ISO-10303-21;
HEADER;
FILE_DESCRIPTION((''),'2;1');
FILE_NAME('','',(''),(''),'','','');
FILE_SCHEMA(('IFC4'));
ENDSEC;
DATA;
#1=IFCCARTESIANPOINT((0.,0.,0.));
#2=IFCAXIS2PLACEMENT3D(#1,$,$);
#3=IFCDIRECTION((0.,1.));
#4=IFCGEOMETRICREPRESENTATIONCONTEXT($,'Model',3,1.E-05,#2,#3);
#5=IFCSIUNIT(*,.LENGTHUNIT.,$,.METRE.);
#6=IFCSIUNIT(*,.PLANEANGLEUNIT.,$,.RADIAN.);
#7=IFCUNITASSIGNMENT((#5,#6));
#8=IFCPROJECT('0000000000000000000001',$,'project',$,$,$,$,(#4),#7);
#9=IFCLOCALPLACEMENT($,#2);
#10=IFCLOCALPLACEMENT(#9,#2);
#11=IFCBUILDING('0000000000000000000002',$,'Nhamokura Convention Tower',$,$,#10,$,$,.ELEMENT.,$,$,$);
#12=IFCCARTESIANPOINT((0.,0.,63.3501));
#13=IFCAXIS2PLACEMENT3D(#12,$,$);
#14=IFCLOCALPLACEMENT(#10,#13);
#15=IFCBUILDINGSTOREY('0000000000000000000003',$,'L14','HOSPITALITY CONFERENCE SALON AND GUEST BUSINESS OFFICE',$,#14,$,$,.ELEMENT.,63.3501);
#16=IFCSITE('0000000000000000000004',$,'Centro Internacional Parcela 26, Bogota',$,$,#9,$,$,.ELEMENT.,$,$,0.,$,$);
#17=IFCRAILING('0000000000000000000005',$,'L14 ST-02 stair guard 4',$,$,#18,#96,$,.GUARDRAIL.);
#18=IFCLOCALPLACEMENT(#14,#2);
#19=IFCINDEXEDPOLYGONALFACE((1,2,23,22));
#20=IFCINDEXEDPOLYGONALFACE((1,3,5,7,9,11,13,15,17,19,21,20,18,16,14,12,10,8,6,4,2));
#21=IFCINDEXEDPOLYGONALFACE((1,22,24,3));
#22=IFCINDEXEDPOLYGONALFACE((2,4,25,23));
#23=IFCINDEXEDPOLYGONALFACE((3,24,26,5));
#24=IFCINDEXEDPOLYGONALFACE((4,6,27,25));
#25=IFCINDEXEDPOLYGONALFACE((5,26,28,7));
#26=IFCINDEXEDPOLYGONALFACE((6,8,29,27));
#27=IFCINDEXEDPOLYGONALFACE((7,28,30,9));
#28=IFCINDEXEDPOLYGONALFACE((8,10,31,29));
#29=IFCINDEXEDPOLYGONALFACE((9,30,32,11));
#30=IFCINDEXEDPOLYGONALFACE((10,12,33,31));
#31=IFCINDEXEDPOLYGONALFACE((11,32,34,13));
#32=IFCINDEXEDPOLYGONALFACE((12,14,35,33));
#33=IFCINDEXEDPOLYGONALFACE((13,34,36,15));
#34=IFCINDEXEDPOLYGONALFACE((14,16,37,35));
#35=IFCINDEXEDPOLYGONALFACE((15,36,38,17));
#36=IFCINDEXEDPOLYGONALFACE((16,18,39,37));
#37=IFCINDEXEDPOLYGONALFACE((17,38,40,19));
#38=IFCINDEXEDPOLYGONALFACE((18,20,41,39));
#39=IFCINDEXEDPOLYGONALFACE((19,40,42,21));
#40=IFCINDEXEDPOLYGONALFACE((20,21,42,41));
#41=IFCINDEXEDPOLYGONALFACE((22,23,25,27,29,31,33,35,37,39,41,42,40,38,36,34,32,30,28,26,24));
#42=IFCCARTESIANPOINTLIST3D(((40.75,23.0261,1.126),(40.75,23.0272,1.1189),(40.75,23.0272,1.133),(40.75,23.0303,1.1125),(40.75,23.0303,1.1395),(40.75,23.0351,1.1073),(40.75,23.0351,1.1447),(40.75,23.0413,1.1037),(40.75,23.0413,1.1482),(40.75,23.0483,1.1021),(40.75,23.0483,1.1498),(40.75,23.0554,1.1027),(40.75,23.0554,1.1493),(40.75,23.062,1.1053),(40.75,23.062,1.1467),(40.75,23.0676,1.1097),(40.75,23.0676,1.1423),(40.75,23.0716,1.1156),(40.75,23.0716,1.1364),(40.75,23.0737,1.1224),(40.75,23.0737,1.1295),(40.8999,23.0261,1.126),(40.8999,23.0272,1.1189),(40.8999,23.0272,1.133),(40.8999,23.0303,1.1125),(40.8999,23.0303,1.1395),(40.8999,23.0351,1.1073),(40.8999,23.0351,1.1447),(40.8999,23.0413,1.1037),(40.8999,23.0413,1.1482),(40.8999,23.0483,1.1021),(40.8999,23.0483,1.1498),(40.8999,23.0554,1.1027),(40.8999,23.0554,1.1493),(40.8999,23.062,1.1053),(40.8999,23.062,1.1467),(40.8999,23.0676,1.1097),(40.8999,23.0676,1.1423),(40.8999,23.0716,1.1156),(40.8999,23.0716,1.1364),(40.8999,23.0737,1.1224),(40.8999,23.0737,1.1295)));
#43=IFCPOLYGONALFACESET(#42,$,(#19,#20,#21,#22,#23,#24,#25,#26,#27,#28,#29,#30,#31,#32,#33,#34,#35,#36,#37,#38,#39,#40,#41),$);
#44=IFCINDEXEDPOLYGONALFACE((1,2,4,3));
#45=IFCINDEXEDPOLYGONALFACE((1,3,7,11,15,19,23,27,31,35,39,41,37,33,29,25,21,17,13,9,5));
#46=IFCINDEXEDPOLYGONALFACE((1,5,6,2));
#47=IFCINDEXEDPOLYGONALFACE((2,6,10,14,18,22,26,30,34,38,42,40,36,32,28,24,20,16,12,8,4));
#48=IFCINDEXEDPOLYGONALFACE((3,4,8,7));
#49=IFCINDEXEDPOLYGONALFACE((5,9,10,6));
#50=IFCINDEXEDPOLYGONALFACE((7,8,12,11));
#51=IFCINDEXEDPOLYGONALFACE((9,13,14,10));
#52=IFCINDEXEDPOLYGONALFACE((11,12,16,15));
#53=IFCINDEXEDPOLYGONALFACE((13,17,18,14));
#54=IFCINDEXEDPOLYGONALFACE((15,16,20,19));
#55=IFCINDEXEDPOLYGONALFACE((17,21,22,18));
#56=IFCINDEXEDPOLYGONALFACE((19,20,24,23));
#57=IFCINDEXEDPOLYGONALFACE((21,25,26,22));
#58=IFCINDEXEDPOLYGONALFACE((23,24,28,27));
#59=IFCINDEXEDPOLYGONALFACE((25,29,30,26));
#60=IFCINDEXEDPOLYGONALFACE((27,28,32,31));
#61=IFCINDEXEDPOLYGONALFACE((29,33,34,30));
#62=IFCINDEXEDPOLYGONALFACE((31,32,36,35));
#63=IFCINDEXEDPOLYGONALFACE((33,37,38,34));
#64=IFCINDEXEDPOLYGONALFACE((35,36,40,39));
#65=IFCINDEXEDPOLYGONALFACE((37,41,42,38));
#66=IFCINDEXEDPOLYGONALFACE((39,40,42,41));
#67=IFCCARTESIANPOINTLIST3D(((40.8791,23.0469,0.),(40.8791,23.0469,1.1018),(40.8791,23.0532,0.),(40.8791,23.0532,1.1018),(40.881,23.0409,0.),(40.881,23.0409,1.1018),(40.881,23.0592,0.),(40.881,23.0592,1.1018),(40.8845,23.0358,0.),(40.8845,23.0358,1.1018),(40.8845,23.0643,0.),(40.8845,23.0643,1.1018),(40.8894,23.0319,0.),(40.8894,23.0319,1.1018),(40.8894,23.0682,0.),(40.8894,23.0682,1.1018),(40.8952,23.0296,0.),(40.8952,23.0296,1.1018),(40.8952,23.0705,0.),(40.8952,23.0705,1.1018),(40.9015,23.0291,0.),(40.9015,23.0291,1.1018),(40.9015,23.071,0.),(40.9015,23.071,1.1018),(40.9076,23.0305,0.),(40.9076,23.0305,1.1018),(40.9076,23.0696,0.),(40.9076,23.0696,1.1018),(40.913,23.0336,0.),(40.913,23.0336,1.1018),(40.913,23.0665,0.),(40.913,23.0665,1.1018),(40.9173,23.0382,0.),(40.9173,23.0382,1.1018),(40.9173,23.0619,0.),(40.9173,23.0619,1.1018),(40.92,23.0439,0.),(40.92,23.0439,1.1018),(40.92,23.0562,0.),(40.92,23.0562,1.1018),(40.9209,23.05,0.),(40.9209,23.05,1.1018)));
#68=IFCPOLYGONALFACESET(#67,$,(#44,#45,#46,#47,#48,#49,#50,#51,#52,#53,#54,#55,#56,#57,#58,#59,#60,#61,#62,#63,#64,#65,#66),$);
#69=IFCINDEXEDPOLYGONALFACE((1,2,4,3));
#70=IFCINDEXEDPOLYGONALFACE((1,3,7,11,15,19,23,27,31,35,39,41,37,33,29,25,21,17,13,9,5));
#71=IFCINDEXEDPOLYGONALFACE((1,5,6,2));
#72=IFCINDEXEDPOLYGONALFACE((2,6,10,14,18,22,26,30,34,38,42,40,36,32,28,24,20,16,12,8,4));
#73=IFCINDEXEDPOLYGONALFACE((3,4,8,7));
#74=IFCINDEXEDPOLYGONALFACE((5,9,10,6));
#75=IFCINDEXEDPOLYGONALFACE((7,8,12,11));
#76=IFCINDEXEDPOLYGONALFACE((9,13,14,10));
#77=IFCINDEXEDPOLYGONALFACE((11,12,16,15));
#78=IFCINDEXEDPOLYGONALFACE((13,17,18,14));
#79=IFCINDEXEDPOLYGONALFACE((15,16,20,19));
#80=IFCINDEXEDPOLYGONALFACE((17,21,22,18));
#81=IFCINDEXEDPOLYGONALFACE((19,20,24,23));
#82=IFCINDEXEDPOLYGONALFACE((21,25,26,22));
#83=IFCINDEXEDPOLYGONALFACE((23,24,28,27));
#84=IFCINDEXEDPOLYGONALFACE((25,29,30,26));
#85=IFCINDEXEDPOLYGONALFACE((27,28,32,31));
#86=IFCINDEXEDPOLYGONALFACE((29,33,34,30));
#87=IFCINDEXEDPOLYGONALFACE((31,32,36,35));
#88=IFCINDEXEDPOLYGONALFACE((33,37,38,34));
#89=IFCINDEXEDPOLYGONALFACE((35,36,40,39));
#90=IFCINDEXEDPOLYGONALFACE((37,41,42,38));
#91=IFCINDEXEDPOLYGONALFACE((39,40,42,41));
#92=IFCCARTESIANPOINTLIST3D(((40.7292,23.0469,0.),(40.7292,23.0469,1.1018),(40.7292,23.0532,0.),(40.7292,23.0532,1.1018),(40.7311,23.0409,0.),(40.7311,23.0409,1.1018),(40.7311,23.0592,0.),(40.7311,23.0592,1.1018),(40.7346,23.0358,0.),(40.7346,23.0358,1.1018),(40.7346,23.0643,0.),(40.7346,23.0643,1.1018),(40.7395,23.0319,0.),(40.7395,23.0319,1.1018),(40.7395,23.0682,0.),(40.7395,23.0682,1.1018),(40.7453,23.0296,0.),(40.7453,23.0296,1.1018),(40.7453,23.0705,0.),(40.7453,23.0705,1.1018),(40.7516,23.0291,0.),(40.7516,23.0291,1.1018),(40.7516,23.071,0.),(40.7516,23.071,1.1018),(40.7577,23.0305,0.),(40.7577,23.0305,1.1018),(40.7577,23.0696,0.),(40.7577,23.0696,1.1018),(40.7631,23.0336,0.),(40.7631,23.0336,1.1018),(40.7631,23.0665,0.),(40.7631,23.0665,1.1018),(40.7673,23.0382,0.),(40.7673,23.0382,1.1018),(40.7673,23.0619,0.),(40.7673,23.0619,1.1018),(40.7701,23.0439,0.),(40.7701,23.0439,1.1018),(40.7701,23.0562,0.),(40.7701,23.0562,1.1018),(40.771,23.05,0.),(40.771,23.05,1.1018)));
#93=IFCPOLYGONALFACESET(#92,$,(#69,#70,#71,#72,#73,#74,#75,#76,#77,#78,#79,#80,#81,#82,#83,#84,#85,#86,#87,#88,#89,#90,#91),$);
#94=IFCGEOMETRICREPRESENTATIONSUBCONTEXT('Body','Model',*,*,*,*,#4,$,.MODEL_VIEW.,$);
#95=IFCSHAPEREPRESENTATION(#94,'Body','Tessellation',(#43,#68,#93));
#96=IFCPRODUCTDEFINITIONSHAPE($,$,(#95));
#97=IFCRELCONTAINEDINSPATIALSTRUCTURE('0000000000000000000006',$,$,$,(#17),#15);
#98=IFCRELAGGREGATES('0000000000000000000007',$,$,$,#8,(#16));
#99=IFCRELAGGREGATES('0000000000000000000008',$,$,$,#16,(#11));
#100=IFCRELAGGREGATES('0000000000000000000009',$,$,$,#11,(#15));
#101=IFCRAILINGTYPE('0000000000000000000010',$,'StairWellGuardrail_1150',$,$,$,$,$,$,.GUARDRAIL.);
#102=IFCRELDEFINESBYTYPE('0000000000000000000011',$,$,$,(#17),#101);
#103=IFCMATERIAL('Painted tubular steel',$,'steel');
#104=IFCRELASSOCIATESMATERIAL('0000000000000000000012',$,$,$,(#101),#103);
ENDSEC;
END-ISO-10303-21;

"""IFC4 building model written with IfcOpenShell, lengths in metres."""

from ifc_helpers import new_model, si_unit, direction, frame, origin, origin_2d, place, context, subcontext, project, spatial, circle, extrude, material, type_object, element, save


model = new_model("IFC4")

# Units and contexts
model_context = context("Model", 3, precision=1e-05, world=origin(), true_north=direction((0.0, 1.0)))
body_context = subcontext(model_context, "Body", "Model", "MODEL_VIEW")
ifc_project = project(units=[si_unit("LENGTHUNIT", "METRE"), si_unit("PLANEANGLEUNIT", "RADIAN")], contexts=[model_context])

# Site, building, storey
site_placement = place(None, origin())
site = spatial("IfcSite", under=ifc_project, at=site_placement, Name="Centro Internacional Parcela 26, Bogota", CompositionType="ELEMENT", RefElevation=0.0)
building_placement = place(site_placement, origin())
building = spatial("IfcBuilding", under=site, at=building_placement, Name="Nhamokura Convention Tower", CompositionType="ELEMENT")
storey_placement = place(building_placement, frame((0.0, 0.0, 63.3501)))
storey = spatial("IfcBuildingStorey", under=building, at=storey_placement, Name="L14", Description="HOSPITALITY CONFERENCE SALON AND GUEST BUSINESS OFFICE", CompositionType="ELEMENT", Elevation=63.3501)

# Railing
ifc_material_1 = material(Name="Painted tubular steel", Category="steel")
railing_type_1 = type_object("IfcRailingType", Name="StairWellGuardrail_1150", PredefinedType="GUARDRAIL", material=ifc_material_1)
railing_1_placement = place(storey_placement, frame((40.8999, 23.05, 0.0)))
element("IfcRailing", 1, at=railing_1_placement, inside=storey, type_object=railing_type_1, Name="L14 ST-02 stair guard 4", PredefinedType="GUARDRAIL", context=body_context, shape_type="SweptSolid", body=[
    extrude(circle(Radius=0.0239, at=origin_2d()), frame((0.0, 0.0, 1.126), z_axis=(-1.0, 0.0, 0.0), x_axis=(0.0, -1.0, 0.0)), (0.0, 0.0, 1.0), 0.1499),
    extrude(circle(Radius=0.021, at=origin_2d()), origin(), (0.0, 0.0, 1.0), 1.1018),
    extrude(circle(Radius=0.021, at=origin_2d()), frame((-0.1499, 0.0, 0.0)), (0.0, 0.0, 1.0), 1.1018),
])

save(model, "model.ifc")
